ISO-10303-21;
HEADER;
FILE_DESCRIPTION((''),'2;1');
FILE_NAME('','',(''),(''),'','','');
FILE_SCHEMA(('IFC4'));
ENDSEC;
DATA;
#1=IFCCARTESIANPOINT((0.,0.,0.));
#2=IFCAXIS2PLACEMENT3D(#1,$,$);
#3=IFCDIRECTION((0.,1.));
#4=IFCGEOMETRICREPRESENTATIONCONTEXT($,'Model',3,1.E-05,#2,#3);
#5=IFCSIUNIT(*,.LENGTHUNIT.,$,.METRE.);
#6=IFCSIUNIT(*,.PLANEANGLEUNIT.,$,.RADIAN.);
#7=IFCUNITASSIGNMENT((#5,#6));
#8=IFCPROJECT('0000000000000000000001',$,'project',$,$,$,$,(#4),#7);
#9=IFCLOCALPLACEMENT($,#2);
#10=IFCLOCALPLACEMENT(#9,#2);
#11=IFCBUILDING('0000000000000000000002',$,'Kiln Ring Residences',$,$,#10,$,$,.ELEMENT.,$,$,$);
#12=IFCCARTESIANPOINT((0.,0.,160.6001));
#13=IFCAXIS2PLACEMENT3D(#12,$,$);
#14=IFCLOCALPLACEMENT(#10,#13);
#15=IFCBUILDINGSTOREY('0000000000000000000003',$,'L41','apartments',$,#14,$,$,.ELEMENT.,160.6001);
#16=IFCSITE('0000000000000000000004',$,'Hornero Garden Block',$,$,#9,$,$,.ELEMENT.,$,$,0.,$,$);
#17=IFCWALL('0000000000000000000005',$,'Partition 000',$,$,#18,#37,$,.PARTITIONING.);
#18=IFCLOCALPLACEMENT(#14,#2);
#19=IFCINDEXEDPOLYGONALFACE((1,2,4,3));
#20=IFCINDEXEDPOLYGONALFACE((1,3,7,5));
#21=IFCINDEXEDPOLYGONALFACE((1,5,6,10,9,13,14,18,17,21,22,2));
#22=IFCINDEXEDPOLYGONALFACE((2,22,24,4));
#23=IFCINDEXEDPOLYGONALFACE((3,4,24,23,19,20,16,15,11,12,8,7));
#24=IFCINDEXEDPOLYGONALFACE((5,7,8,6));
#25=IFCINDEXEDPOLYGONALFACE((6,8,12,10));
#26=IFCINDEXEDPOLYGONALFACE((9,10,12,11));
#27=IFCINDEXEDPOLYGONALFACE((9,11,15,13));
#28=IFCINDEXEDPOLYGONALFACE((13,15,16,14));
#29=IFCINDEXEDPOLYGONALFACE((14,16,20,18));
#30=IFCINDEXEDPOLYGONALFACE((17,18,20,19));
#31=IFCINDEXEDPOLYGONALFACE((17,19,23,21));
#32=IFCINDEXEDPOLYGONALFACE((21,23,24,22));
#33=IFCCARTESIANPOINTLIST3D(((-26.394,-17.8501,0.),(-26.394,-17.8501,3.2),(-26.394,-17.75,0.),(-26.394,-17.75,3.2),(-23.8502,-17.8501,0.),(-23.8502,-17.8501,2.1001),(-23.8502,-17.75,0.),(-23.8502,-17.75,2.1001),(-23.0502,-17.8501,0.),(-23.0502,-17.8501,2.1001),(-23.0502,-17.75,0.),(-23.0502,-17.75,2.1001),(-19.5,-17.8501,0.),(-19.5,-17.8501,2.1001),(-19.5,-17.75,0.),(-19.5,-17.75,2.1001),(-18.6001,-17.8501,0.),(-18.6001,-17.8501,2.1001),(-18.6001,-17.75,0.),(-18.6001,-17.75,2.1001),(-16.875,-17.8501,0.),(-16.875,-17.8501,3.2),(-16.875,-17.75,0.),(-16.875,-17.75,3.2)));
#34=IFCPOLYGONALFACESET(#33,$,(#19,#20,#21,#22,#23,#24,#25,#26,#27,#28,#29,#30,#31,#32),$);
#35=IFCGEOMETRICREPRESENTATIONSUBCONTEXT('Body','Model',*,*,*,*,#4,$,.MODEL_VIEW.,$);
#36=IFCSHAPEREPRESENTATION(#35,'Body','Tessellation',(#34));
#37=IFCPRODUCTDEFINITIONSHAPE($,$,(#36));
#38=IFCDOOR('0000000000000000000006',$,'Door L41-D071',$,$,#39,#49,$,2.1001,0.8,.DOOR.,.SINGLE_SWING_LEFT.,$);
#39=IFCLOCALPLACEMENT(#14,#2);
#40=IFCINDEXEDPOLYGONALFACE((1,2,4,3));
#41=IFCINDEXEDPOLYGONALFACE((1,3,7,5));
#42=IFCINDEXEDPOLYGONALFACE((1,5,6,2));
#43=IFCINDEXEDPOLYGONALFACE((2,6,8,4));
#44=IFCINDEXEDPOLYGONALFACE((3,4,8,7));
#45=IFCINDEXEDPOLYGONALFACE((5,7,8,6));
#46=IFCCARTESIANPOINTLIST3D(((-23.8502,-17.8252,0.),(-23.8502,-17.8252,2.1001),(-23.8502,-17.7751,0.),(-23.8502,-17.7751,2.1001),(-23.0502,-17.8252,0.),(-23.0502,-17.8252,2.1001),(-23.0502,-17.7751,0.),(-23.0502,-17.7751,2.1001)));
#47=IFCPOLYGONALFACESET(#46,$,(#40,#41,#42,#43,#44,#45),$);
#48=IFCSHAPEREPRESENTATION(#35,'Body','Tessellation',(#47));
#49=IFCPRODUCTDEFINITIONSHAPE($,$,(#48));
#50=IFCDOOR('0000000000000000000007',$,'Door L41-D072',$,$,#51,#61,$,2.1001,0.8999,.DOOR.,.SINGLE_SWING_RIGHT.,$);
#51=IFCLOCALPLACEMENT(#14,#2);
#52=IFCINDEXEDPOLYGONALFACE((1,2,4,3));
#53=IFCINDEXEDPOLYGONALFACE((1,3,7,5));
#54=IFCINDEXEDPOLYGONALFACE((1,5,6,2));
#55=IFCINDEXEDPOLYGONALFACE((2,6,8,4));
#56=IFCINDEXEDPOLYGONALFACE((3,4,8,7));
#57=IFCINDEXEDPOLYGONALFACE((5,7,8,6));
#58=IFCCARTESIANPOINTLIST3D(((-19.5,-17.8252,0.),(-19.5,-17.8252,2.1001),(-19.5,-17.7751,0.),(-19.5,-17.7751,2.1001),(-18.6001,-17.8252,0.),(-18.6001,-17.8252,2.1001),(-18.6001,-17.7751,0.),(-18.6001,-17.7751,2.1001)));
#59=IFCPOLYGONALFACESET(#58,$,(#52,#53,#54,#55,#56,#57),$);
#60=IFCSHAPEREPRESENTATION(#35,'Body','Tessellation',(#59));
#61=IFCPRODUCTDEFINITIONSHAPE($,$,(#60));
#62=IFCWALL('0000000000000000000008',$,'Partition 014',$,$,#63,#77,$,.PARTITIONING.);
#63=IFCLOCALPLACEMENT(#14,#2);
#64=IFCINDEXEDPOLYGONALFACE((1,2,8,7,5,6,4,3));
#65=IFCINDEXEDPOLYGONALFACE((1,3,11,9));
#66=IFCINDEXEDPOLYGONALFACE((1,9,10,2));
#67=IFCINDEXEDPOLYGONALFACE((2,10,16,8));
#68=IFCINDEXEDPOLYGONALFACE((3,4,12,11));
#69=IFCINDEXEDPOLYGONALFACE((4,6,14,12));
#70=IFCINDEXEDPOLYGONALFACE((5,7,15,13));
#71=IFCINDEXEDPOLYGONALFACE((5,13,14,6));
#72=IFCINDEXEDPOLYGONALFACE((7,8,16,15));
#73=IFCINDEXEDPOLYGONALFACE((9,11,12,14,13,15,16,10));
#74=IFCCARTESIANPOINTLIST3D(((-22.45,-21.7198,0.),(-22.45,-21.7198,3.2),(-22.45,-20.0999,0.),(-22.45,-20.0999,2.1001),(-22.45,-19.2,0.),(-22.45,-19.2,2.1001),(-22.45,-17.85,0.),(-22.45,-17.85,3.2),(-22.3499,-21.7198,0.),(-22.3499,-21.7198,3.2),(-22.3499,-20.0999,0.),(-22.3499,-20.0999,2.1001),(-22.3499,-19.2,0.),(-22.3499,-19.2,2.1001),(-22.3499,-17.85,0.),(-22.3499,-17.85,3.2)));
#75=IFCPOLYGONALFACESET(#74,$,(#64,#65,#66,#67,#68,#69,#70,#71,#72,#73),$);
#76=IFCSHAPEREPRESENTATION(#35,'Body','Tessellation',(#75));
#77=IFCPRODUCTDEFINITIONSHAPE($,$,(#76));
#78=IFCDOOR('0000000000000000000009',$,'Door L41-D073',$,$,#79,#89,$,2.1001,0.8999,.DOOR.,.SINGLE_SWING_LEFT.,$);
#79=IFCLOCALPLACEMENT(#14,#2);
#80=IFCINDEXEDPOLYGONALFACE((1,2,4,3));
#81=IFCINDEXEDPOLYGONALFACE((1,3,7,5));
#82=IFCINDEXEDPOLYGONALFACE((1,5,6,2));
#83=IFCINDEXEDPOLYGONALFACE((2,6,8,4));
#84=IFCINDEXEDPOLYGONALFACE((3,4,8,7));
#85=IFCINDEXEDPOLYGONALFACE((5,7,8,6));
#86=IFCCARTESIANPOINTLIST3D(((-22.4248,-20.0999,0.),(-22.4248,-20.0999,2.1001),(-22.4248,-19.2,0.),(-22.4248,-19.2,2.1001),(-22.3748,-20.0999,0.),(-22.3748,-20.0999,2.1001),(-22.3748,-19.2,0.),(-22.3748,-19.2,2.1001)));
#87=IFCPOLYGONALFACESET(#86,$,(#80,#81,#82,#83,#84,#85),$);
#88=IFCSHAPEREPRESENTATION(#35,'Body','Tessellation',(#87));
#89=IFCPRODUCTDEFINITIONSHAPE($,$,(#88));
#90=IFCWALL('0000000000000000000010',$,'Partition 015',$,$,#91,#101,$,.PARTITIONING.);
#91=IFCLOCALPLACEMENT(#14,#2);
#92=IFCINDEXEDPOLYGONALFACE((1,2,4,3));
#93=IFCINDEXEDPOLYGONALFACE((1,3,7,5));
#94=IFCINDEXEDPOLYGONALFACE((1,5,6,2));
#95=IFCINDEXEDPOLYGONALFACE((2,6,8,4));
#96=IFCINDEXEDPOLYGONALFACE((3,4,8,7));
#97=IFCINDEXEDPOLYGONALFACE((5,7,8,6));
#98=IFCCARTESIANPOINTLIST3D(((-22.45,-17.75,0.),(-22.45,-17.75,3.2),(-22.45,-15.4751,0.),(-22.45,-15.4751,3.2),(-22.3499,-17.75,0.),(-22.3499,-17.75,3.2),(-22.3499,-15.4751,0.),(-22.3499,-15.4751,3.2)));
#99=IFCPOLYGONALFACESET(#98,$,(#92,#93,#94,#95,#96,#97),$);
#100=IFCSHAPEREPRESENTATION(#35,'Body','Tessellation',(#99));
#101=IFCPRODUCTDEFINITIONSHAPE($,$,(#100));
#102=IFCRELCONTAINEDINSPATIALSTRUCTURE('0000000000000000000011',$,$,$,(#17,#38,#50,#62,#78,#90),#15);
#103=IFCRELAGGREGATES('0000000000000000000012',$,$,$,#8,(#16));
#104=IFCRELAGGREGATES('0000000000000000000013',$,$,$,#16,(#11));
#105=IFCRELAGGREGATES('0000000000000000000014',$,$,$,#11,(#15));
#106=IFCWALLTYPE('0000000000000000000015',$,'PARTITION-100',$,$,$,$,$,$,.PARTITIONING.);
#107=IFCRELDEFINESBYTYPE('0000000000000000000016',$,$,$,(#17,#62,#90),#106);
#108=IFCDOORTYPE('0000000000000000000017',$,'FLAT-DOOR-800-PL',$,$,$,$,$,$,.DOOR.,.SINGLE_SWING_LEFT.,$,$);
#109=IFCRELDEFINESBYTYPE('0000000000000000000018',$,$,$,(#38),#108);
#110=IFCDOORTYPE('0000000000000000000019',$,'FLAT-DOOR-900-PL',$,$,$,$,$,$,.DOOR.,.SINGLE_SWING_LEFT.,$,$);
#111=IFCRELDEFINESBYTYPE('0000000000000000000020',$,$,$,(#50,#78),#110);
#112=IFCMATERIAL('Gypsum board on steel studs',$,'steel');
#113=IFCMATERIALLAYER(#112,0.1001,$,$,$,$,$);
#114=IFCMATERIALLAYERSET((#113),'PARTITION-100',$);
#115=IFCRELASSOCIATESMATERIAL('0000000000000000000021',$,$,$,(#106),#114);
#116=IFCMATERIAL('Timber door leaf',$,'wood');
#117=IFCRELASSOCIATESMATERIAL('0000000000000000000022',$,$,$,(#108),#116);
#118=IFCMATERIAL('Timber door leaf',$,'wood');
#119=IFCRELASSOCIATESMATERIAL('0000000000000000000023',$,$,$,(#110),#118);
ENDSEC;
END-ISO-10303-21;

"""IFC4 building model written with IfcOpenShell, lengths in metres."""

from ifc_helpers import new_model, si_unit, direction, frame, frame_2d, origin, place, context, subcontext, project, spatial, rectangle, extrude, material, layer, layer_set, type_object, element, fill, save


model = new_model("IFC4")

# Units and contexts
model_context = context("Model", 3, precision=1e-05, world=origin(), true_north=direction((0.0, 1.0)))
body_context = subcontext(model_context, "Body", "Model", "MODEL_VIEW")
ifc_project = project(units=[si_unit("LENGTHUNIT", "METRE"), si_unit("PLANEANGLEUNIT", "RADIAN")], contexts=[model_context])

# Site, building, storey
site_placement = place(None, origin())
site = spatial("IfcSite", under=ifc_project, at=site_placement, Name="Hornero Garden Block", CompositionType="ELEMENT", RefElevation=0.0)
building_placement = place(site_placement, origin())
building = spatial("IfcBuilding", under=site, at=building_placement, Name="Kiln Ring Residences", CompositionType="ELEMENT")
storey_placement = place(building_placement, frame((0.0, 0.0, 160.6001)))
storey = spatial("IfcBuildingStorey", under=building, at=storey_placement, Name="L41", Description="apartments", CompositionType="ELEMENT", Elevation=160.6001)

# Wall, openings, doors
ifc_material_1 = material(Name="Gypsum board on steel studs", Category="steel")
ifc_layer_1 = layer(ifc_material_1, 0.1001)
ifc_layer_set_1 = layer_set([ifc_layer_1], Name="PARTITION-100")
wall_type_1 = type_object("IfcWallType", Name="PARTITION-100", PredefinedType="PARTITIONING", material=ifc_layer_set_1)
wall_1_placement = place(storey_placement, frame((-26.394, -17.8, 0.0), z_axis=(0.0, 0.0, 1.0), x_axis=(1.0, 0.0, 0.0)))
wall_1 = element("IfcWall", 1, at=wall_1_placement, inside=storey, type_object=wall_type_1, Name="Partition 000", PredefinedType="PARTITIONING", context=body_context, shape_type="SweptSolid", body=[
    extrude(rectangle(XDim=9.519, YDim=0.1001, at=frame_2d((4.7595, 0.0))), origin(), (0.0, 0.0, 1.0), 3.2),
])
opening_1_placement = place(wall_1_placement, frame((2.5439, 0.0, 0.0)))
opening_1 = element("IfcOpeningElement", 2, at=opening_1_placement, cuts=wall_1, PredefinedType="OPENING", context=body_context, shape_type="SweptSolid", body=[
    extrude(rectangle(XDim=0.8, YDim=2.1001, at=frame_2d((0.3999, 1.05))), frame((0.0, 0.0601, 0.0), z_axis=(0.0, -1.0, 0.0), x_axis=(1.0, 0.0, 0.0)), (0.0, 0.0, 1.0), 0.1201),
])
opening_2_placement = place(wall_1_placement, frame((6.894, 0.0, 0.0)))
opening_2 = element("IfcOpeningElement", 3, at=opening_2_placement, cuts=wall_1, PredefinedType="OPENING", context=body_context, shape_type="SweptSolid", body=[
    extrude(rectangle(XDim=0.8999, YDim=2.1001, at=frame_2d((0.45, 1.05))), frame((0.0, 0.0601, 0.0), z_axis=(0.0, -1.0, 0.0), x_axis=(1.0, 0.0, 0.0)), (0.0, 0.0, 1.0), 0.1201),
])
ifc_material_2 = material(Name="Timber door leaf", Category="wood")
door_type_1 = type_object("IfcDoorType", Name="FLAT-DOOR-800-PL", OperationType="SINGLE_SWING_LEFT", PredefinedType="DOOR", material=ifc_material_2)
door_1_placement = place(opening_1_placement, origin())
door_1 = element("IfcDoor", 4, at=door_1_placement, inside=storey, type_object=door_type_1, Name="Door L41-D071", OperationType="SINGLE_SWING_LEFT", OverallHeight=2.1001, OverallWidth=0.8, PredefinedType="DOOR", context=body_context, shape_type="SweptSolid", body=[
    extrude(rectangle(XDim=0.8, YDim=2.1001, at=frame_2d((0.3999, 1.05))), frame((0.0, 0.0249, 0.0), z_axis=(0.0, -1.0, 0.0), x_axis=(1.0, 0.0, 0.0)), (0.0, 0.0, 1.0), 0.05),
])
fill(opening_1, door_1)
ifc_material_3 = material(Name="Timber door leaf", Category="wood")
door_type_2 = type_object("IfcDoorType", Name="FLAT-DOOR-900-PL", OperationType="SINGLE_SWING_LEFT", PredefinedType="DOOR", material=ifc_material_3)
door_2_placement = place(opening_2_placement, origin())
door_2 = element("IfcDoor", 5, at=door_2_placement, inside=storey, type_object=door_type_2, Name="Door L41-D072", OperationType="SINGLE_SWING_RIGHT", OverallHeight=2.1001, OverallWidth=0.8999, PredefinedType="DOOR", context=body_context, shape_type="SweptSolid", body=[
    extrude(rectangle(XDim=0.8999, YDim=2.1001, at=frame_2d((0.45, 1.05))), frame((0.0, 0.0249, 0.0), z_axis=(0.0, -1.0, 0.0), x_axis=(1.0, 0.0, 0.0)), (0.0, 0.0, 1.0), 0.05),
])
fill(opening_2, door_2)

# Wall, opening, door
wall_2_placement = place(storey_placement, frame((-22.3999, -21.72, 0.0), z_axis=(0.0, 0.0, 1.0), x_axis=(0.0, 1.0, 0.0)))
wall_2 = element("IfcWall", 6, at=wall_2_placement, inside=storey, type_object=wall_type_1, Name="Partition 014", PredefinedType="PARTITIONING", context=body_context, shape_type="SweptSolid", body=[
    extrude(rectangle(XDim=3.8699, YDim=0.1001, at=frame_2d((1.9351, 0.0))), origin(), (0.0, 0.0, 1.0), 3.2),
])
opening_3_placement = place(wall_2_placement, frame((1.6201, 0.0, 0.0)))
opening_3 = element("IfcOpeningElement", 7, at=opening_3_placement, cuts=wall_2, PredefinedType="OPENING", context=body_context, shape_type="SweptSolid", body=[
    extrude(rectangle(XDim=0.8999, YDim=2.1001, at=frame_2d((0.45, 1.05))), frame((0.0, 0.0601, 0.0), z_axis=(0.0, -1.0, 0.0), x_axis=(1.0, 0.0, 0.0)), (0.0, 0.0, 1.0), 0.1201),
])
door_3_placement = place(opening_3_placement, origin())
door_3 = element("IfcDoor", 8, at=door_3_placement, inside=storey, type_object=door_type_2, Name="Door L41-D073", OperationType="SINGLE_SWING_LEFT", OverallHeight=2.1001, OverallWidth=0.8999, PredefinedType="DOOR", context=body_context, shape_type="SweptSolid", body=[
    extrude(rectangle(XDim=0.8999, YDim=2.1001, at=frame_2d((0.45, 1.05))), frame((0.0, 0.0249, 0.0), z_axis=(0.0, -1.0, 0.0), x_axis=(1.0, 0.0, 0.0)), (0.0, 0.0, 1.0), 0.05),
])
fill(opening_3, door_3)

# Wall
wall_3_placement = place(storey_placement, frame((-22.3999, -17.75, 0.0), z_axis=(0.0, 0.0, 1.0), x_axis=(0.0, 1.0, 0.0)))
element("IfcWall", 9, at=wall_3_placement, inside=storey, type_object=wall_type_1, Name="Partition 015", PredefinedType="PARTITIONING", context=body_context, shape_type="SweptSolid", body=[
    extrude(rectangle(XDim=2.2749, YDim=0.1001, at=frame_2d((1.1375, 0.0))), origin(), (0.0, 0.0, 1.0), 3.2),
])

save(model, "model.ifc")
